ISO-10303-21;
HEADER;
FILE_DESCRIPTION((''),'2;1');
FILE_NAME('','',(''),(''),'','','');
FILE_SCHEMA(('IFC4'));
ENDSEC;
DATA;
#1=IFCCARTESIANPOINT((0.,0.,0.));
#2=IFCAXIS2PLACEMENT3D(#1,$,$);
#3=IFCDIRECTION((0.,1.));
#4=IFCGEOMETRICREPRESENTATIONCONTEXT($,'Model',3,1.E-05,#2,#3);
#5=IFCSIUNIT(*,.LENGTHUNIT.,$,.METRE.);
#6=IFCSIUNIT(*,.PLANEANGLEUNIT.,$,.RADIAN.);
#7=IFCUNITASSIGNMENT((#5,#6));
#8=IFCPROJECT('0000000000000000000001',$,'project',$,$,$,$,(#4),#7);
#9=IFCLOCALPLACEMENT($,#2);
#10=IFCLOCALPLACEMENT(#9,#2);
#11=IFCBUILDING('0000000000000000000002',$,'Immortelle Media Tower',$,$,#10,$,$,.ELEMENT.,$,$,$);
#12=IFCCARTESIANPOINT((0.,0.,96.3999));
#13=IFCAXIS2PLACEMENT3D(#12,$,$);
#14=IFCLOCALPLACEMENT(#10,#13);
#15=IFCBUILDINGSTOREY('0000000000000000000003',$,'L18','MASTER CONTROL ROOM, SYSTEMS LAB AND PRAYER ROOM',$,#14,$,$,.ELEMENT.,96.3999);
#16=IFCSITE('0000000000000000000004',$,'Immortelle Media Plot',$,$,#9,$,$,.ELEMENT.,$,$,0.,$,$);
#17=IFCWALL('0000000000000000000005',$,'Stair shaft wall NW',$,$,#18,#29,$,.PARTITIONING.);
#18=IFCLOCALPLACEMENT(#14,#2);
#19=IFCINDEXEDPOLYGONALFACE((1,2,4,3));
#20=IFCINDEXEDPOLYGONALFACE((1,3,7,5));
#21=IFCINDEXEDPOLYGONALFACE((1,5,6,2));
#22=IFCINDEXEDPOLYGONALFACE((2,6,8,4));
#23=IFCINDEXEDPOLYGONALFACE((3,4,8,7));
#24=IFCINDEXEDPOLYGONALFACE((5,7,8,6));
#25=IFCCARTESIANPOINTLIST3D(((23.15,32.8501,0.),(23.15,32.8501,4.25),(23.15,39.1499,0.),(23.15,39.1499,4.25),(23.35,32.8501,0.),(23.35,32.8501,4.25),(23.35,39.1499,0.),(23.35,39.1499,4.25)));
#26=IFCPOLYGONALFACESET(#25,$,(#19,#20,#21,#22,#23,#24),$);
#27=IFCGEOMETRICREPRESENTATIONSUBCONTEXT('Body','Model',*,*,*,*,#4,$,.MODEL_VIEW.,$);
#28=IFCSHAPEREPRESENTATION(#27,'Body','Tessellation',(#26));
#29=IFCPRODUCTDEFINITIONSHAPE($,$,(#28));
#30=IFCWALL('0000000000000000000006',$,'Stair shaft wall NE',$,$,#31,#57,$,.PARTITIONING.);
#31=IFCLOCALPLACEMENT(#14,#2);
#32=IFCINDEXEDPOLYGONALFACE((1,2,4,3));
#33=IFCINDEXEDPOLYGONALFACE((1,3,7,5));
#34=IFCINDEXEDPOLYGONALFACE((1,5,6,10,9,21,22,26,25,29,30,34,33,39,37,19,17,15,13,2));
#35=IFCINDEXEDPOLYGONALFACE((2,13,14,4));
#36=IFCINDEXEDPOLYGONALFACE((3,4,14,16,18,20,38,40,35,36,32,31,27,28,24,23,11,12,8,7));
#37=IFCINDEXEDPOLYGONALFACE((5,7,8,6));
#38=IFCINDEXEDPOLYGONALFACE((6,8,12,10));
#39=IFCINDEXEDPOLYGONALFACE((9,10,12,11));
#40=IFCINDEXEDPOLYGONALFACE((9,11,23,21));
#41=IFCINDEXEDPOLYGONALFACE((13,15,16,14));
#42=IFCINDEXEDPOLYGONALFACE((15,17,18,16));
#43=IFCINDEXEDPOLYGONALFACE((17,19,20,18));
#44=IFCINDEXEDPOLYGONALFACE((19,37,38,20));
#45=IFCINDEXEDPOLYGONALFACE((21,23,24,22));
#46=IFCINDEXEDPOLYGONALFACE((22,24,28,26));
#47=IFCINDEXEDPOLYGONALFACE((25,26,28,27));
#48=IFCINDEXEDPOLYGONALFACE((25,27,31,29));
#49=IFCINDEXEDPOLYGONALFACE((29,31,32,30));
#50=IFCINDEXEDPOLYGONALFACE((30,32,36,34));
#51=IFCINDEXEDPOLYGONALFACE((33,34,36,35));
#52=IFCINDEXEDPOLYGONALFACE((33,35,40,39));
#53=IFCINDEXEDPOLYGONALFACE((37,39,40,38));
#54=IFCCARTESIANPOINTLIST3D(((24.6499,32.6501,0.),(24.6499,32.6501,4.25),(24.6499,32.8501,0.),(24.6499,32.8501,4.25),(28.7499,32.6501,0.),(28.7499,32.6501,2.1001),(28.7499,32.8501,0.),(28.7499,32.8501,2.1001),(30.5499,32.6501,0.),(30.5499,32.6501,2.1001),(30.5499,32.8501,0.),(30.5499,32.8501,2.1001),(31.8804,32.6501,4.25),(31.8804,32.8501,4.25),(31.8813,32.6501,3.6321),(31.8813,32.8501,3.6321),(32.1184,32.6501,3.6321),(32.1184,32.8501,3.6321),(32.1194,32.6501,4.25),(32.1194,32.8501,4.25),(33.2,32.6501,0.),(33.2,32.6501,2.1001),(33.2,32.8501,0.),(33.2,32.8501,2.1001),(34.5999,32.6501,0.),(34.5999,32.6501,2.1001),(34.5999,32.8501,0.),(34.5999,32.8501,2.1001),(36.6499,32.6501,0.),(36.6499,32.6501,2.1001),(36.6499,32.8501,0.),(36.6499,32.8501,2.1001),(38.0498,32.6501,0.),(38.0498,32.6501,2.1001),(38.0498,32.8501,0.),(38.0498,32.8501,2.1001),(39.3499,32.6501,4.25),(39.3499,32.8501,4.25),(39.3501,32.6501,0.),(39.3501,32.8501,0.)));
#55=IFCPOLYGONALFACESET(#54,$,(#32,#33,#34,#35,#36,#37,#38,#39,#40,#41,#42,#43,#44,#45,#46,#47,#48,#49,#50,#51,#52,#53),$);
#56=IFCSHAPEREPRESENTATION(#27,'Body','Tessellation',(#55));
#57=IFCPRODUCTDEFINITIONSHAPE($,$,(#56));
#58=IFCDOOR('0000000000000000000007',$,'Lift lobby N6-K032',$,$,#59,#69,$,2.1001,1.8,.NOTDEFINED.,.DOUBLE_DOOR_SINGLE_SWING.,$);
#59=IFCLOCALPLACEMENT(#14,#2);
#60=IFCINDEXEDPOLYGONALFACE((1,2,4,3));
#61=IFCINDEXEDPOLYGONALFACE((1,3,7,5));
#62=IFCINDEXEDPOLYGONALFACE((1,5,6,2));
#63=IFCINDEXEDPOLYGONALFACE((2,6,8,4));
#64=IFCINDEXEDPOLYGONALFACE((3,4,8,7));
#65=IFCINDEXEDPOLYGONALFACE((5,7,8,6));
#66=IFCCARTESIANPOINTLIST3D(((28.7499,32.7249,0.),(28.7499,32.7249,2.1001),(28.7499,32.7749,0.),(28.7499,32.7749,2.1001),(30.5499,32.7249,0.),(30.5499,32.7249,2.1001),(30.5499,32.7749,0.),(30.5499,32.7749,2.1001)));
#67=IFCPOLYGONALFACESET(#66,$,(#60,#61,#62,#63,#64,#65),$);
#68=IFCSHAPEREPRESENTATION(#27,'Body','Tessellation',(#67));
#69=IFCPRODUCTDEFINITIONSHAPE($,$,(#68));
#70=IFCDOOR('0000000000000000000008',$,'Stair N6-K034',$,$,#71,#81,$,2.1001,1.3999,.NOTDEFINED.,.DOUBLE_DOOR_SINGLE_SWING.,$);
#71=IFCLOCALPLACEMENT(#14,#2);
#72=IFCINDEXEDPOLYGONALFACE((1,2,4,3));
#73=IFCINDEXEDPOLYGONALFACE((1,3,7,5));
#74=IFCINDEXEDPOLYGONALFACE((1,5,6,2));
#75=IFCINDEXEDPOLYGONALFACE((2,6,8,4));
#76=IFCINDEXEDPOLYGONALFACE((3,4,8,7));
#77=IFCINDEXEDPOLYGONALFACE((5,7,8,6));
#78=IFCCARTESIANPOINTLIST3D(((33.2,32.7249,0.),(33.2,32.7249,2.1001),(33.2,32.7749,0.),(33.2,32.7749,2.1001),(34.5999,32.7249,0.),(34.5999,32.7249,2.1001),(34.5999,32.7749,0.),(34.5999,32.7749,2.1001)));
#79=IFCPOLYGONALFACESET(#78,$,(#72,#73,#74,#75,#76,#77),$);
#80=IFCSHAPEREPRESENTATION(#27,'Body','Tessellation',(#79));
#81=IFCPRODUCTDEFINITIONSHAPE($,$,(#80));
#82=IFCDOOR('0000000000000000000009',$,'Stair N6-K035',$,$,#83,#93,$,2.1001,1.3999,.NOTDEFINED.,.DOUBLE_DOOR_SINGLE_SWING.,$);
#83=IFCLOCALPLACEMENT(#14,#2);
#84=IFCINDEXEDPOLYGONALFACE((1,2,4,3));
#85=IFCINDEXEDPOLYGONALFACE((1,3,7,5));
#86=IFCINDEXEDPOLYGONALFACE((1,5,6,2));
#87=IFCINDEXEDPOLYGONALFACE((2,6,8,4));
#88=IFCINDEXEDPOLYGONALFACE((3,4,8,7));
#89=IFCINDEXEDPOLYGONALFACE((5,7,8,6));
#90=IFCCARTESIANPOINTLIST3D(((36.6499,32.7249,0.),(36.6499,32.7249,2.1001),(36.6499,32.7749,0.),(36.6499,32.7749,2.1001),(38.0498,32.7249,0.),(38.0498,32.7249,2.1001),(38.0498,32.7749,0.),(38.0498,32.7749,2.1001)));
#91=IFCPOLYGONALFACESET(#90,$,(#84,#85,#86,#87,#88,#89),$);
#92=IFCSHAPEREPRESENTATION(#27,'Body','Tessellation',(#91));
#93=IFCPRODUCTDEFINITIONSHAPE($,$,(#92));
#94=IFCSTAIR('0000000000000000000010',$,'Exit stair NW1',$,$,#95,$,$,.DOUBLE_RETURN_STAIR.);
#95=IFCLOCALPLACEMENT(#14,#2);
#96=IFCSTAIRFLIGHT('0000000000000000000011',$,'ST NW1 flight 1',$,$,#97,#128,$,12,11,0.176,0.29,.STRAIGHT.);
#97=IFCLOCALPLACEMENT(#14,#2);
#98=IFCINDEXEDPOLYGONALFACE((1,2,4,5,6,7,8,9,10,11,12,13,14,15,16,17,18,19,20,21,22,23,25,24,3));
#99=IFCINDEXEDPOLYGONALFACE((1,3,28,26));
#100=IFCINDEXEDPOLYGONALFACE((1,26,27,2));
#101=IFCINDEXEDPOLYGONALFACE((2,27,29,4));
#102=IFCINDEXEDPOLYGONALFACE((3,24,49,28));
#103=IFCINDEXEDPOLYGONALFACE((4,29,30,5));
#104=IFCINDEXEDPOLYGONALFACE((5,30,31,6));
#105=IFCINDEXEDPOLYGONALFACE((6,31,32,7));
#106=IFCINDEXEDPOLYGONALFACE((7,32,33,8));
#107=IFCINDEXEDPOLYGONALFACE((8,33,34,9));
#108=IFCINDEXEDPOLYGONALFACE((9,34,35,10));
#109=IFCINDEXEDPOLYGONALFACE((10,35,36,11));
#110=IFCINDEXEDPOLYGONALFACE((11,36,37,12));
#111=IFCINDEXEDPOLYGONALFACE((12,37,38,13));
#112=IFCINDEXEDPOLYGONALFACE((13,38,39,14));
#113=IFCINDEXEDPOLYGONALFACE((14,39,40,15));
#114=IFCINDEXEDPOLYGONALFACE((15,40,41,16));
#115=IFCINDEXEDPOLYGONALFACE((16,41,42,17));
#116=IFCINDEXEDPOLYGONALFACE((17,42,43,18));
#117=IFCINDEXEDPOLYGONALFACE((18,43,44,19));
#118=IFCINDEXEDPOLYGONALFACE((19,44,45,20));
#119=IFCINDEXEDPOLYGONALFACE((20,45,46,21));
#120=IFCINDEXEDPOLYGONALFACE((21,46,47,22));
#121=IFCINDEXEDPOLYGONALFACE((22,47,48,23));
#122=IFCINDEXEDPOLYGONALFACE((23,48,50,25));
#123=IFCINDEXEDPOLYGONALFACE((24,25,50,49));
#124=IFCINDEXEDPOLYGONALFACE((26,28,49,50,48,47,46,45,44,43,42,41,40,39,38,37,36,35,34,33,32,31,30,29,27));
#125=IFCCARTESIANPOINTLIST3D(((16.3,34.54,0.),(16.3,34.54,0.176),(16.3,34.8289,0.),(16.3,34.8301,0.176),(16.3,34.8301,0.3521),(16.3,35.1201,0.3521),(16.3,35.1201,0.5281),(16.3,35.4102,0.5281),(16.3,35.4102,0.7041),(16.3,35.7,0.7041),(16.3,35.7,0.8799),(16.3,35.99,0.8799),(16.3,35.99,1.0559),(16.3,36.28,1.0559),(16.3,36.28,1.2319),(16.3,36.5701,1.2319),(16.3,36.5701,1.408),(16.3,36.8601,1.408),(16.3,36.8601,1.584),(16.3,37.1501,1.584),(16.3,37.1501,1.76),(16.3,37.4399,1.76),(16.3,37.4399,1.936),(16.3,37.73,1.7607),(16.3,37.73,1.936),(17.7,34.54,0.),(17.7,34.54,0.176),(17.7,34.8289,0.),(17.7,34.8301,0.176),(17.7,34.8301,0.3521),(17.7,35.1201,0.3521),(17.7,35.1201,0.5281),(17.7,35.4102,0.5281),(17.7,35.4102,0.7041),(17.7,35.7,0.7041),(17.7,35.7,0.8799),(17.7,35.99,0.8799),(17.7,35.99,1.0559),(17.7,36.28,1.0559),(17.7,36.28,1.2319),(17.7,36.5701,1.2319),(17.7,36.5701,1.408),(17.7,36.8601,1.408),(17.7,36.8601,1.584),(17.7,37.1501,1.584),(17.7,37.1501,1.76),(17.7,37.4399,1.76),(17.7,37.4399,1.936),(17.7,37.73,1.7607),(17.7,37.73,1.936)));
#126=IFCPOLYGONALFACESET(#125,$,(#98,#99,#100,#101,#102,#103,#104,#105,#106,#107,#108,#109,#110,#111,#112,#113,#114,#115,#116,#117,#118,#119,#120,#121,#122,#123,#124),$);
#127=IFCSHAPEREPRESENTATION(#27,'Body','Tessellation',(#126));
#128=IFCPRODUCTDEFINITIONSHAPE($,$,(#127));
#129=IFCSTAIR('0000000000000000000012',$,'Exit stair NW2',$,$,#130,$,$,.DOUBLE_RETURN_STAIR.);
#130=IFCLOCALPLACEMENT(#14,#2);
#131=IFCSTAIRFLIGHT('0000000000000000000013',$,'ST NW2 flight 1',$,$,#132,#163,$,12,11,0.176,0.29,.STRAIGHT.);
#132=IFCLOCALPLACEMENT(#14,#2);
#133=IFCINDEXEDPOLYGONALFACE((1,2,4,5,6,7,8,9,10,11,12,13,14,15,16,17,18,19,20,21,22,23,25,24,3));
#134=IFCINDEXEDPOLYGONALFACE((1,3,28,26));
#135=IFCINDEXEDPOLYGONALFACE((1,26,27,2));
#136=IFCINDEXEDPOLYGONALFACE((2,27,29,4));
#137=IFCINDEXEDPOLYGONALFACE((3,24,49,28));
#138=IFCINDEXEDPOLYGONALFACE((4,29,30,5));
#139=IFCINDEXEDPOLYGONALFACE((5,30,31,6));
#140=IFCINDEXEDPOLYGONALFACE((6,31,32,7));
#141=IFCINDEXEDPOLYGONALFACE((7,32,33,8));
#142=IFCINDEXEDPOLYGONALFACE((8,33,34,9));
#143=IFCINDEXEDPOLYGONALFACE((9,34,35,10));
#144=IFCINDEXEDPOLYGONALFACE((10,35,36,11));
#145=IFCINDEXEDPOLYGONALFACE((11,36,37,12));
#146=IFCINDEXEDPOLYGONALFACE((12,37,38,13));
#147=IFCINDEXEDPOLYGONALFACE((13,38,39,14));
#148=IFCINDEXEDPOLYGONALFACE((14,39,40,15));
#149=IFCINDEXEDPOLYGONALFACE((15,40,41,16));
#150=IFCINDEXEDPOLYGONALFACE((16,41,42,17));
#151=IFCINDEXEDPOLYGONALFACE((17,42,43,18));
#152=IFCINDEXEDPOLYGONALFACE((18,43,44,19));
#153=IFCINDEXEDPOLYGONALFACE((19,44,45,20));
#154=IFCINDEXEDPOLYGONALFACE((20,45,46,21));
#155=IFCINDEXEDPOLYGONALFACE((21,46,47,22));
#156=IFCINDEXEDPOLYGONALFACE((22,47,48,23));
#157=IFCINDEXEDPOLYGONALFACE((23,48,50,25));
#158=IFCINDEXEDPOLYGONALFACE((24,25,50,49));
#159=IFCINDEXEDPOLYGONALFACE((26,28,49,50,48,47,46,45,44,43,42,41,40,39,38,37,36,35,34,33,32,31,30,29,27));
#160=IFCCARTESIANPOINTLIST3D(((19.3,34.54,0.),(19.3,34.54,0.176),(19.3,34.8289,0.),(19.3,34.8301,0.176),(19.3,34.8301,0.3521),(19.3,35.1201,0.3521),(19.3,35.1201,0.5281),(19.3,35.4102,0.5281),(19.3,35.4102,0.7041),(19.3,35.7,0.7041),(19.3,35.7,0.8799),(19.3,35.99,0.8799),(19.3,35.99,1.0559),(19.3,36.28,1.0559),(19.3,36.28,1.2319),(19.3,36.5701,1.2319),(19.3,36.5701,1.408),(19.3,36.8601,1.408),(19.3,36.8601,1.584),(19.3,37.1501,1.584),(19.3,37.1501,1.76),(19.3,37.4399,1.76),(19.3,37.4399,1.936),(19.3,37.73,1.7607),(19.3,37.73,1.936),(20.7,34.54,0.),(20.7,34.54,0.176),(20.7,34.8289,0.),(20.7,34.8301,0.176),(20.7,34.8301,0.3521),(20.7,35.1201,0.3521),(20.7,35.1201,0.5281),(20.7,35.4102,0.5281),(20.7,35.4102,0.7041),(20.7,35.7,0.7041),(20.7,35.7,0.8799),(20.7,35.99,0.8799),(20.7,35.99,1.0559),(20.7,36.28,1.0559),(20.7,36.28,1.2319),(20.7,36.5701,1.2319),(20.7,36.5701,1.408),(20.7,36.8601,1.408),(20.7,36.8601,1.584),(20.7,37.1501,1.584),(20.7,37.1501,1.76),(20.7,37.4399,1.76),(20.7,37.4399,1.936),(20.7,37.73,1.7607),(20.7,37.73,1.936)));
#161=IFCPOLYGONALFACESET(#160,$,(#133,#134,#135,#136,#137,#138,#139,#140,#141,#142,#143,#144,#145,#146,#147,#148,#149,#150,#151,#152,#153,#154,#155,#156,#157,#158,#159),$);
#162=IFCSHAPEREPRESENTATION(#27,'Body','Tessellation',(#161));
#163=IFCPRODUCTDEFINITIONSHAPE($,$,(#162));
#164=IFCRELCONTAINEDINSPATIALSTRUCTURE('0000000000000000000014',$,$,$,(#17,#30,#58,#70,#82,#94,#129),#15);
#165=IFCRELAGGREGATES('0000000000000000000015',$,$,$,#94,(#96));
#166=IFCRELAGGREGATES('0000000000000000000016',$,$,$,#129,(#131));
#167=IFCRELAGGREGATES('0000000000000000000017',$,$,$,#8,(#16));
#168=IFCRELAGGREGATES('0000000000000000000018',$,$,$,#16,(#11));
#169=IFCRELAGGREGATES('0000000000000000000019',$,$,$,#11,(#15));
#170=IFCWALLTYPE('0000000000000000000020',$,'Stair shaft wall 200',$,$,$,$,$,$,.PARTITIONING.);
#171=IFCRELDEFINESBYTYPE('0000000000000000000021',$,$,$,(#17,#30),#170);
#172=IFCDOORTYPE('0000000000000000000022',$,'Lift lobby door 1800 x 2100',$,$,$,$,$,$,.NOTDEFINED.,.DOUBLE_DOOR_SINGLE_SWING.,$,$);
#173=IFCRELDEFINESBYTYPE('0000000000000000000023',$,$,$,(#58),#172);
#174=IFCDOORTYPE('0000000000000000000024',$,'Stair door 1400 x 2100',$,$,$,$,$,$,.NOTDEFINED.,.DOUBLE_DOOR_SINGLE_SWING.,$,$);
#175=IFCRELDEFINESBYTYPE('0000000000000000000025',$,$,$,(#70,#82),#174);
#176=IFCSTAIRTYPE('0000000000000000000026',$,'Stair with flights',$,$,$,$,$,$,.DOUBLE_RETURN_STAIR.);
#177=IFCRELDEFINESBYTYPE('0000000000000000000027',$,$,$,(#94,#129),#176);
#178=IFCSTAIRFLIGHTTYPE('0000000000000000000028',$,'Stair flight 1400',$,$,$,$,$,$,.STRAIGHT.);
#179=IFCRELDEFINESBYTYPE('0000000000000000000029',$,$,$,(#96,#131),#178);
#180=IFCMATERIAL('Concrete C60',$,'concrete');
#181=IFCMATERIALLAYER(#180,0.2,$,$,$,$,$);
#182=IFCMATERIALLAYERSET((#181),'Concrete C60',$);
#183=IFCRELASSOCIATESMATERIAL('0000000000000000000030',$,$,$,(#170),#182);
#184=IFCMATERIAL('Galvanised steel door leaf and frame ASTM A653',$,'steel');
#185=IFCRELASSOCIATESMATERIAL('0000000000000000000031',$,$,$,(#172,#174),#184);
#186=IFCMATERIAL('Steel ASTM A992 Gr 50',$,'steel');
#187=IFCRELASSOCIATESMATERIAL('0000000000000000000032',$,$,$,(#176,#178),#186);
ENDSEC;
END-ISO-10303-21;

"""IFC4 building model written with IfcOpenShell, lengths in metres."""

from ifc_helpers import new_model, si_unit, direction, frame, frame_2d, origin, place, context, subcontext, project, spatial, polyline, rectangle, outline, extrude, material, layer, layer_set, type_object, element, fill, aggregate, save


model = new_model("IFC4")

# Units and contexts
model_context = context("Model", 3, precision=1e-05, world=origin(), true_north=direction((0.0, 1.0)))
body_context = subcontext(model_context, "Body", "Model", "MODEL_VIEW")
ifc_project = project(units=[si_unit("LENGTHUNIT", "METRE"), si_unit("PLANEANGLEUNIT", "RADIAN")], contexts=[model_context])

# Site, building, storey
site_placement = place(None, origin())
site = spatial("IfcSite", under=ifc_project, at=site_placement, Name="Immortelle Media Plot", CompositionType="ELEMENT", RefElevation=0.0)
building_placement = place(site_placement, origin())
building = spatial("IfcBuilding", under=site, at=building_placement, Name="Immortelle Media Tower", CompositionType="ELEMENT")
storey_placement = place(building_placement, frame((0.0, 0.0, 96.3999)))
storey = spatial("IfcBuildingStorey", under=building, at=storey_placement, Name="L18", Description="MASTER CONTROL ROOM, SYSTEMS LAB AND PRAYER ROOM", CompositionType="ELEMENT", Elevation=96.3999)

# Shared definitions
ifc_material_1 = material(Name="Steel ASTM A992 Gr 50", Category="steel")

# Wall
ifc_material_2 = material(Name="Concrete C60", Category="concrete")
ifc_layer_1 = layer(ifc_material_2, 0.2)
ifc_layer_set_1 = layer_set([ifc_layer_1], Name="Concrete C60")
wall_type_1 = type_object("IfcWallType", Name="Stair shaft wall 200", PredefinedType="PARTITIONING", material=ifc_layer_set_1)
for number, where, z_axis, x_axis, name in (
    (1, (23.25, 32.8501, 0.0), (0.0, 0.0, 1.0), (0.0, 1.0, 0.0), "Stair shaft wall NW"),
):
    element("IfcWall", number, at=place(storey_placement, frame(where, z_axis=z_axis, x_axis=x_axis)), inside=storey, type_object=wall_type_1, Name=name, PredefinedType="PARTITIONING", context=body_context, shape_type="SweptSolid", body=[
        extrude(rectangle(XDim=6.2998, YDim=0.2, at=frame_2d((3.1499, 0.0))), origin(), (0.0, 0.0, 1.0), 4.25),
    ])

# Wall, openings, doors
wall_1_placement = place(storey_placement, frame((24.6499, 32.75, 0.0), z_axis=(0.0, 0.0, 1.0), x_axis=(1.0, 0.0, 0.0)))
wall_1 = element("IfcWall", 2, at=wall_1_placement, inside=storey, type_object=wall_type_1, Name="Stair shaft wall NE", PredefinedType="PARTITIONING", context=body_context, shape_type="SweptSolid", body=[
    extrude(outline(polyline([(0.0, 0.0), (14.7002, 0.0), (14.7, 4.25), (7.4695, 4.25), (7.4685, 3.6321), (7.2314, 3.6321), (7.2305, 4.25), (0.0, 4.25), (0.0, 0.0)])), frame((0.0, 0.1001, 0.0), z_axis=(0.0, -1.0, 0.0), x_axis=(1.0, 0.0, 0.0)), (0.0, 0.0, 1.0), 0.2),
])
opening_1_placement = place(wall_1_placement, frame((4.1001, 0.0, 0.0)))
opening_1 = element("IfcOpeningElement", 3, at=opening_1_placement, cuts=wall_1, PredefinedType="OPENING", context=body_context, shape_type="SweptSolid", body=[
    extrude(rectangle(XDim=1.8, YDim=2.1001, at=frame_2d((0.8999, 1.05))), frame((0.0, 0.1099, 0.0), z_axis=(0.0, -1.0, 0.0), x_axis=(1.0, 0.0, 0.0)), (0.0, 0.0, 1.0), 0.22),
])
opening_2_placement = place(wall_1_placement, frame((8.55, 0.0, 0.0)))
opening_2 = element("IfcOpeningElement", 4, at=opening_2_placement, cuts=wall_1, PredefinedType="OPENING", context=body_context, shape_type="SweptSolid", body=[
    extrude(rectangle(XDim=1.3999, YDim=2.1001, at=frame_2d((0.7, 1.05))), frame((0.0, 0.1099, 0.0), z_axis=(0.0, -1.0, 0.0), x_axis=(1.0, 0.0, 0.0)), (0.0, 0.0, 1.0), 0.22),
])
opening_3_placement = place(wall_1_placement, frame((12.0, 0.0, 0.0)))
opening_3 = element("IfcOpeningElement", 5, at=opening_3_placement, cuts=wall_1, PredefinedType="OPENING", context=body_context, shape_type="SweptSolid", body=[
    extrude(rectangle(XDim=1.3999, YDim=2.1001, at=frame_2d((0.7, 1.05))), frame((0.0, 0.1099, 0.0), z_axis=(0.0, -1.0, 0.0), x_axis=(1.0, 0.0, 0.0)), (0.0, 0.0, 1.0), 0.22),
])
ifc_material_3 = material(Name="Galvanised steel door leaf and frame ASTM A653", Category="steel")
door_type_1 = type_object("IfcDoorType", Name="Lift lobby door 1800 x 2100", OperationType="DOUBLE_DOOR_SINGLE_SWING", PredefinedType="NOTDEFINED", material=ifc_material_3)
door_1_placement = place(opening_1_placement, origin())
door_1 = element("IfcDoor", 6, at=door_1_placement, inside=storey, type_object=door_type_1, Name="Lift lobby N6-K032", OperationType="DOUBLE_DOOR_SINGLE_SWING", OverallHeight=2.1001, OverallWidth=1.8, PredefinedType="NOTDEFINED", context=body_context, shape_type="SweptSolid", body=[
    extrude(rectangle(XDim=1.8, YDim=2.1001, at=frame_2d((0.8999, 1.05))), frame((0.0, 0.0249, 0.0), z_axis=(0.0, -1.0, 0.0), x_axis=(1.0, 0.0, 0.0)), (0.0, 0.0, 1.0), 0.05),
])
fill(opening_1, door_1)
door_type_2 = type_object("IfcDoorType", Name="Stair door 1400 x 2100", OperationType="DOUBLE_DOOR_SINGLE_SWING", PredefinedType="NOTDEFINED", material=ifc_material_3)
door_2_placement = place(opening_2_placement, origin())
door_2 = element("IfcDoor", 7, at=door_2_placement, inside=storey, type_object=door_type_2, Name="Stair N6-K034", OperationType="DOUBLE_DOOR_SINGLE_SWING", OverallHeight=2.1001, OverallWidth=1.3999, PredefinedType="NOTDEFINED", context=body_context, shape_type="SweptSolid", body=[
    extrude(rectangle(XDim=1.3999, YDim=2.1001, at=frame_2d((0.7, 1.05))), frame((0.0, 0.0249, 0.0), z_axis=(0.0, -1.0, 0.0), x_axis=(1.0, 0.0, 0.0)), (0.0, 0.0, 1.0), 0.05),
])
fill(opening_2, door_2)
door_3_placement = place(opening_3_placement, origin())
door_3 = element("IfcDoor", 8, at=door_3_placement, inside=storey, type_object=door_type_2, Name="Stair N6-K035", OperationType="DOUBLE_DOOR_SINGLE_SWING", OverallHeight=2.1001, OverallWidth=1.3999, PredefinedType="NOTDEFINED", context=body_context, shape_type="SweptSolid", body=[
    extrude(rectangle(XDim=1.3999, YDim=2.1001, at=frame_2d((0.7, 1.05))), frame((0.0, 0.0249, 0.0), z_axis=(0.0, -1.0, 0.0), x_axis=(1.0, 0.0, 0.0)), (0.0, 0.0, 1.0), 0.05),
])
fill(opening_3, door_3)

# Stairs, stair flights
stair_type = type_object("IfcStairType", Name="Stair with flights", PredefinedType="DOUBLE_RETURN_STAIR", material=ifc_material_1)
stair_1_placement = place(storey_placement, origin())
stair_1 = element("IfcStair", 9, at=stair_1_placement, inside=storey, type_object=stair_type, Name="Exit stair NW1", PredefinedType="DOUBLE_RETURN_STAIR")
stair_flight_type = type_object("IfcStairFlightType", Name="Stair flight 1400", PredefinedType="STRAIGHT", material=ifc_material_1)
stair_flight_1_placement = place(storey_placement, frame((17.0, 34.54, 0.0), z_axis=(0.0, 0.0, 1.0), x_axis=(0.0, 1.0, 0.0)))
stair_flight_1 = element("IfcStairFlight", 10, at=stair_flight_1_placement, type_object=stair_flight_type, Name="ST NW1 flight 1", NumberOfRisers=12, NumberOfTreads=11, PredefinedType="STRAIGHT", RiserHeight=0.176, TreadLength=0.29, context=body_context, shape_type="SweptSolid", body=[
    extrude(outline(polyline([(0.0, 0.0), (0.0, 0.176), (0.29, 0.176), (0.29, 0.3521), (0.5801, 0.3521), (0.5801, 0.5281), (0.8701, 0.5281), (0.8701, 0.7041), (1.1599, 0.7041), (1.1599, 0.8799), (1.45, 0.8799), (1.45, 1.0559), (1.74, 1.0559), (1.74, 1.2319), (2.03, 1.2319), (2.03, 1.408), (2.3201, 1.408), (2.3201, 1.584), (2.6101, 1.584), (2.6101, 1.76), (2.8999, 1.76), (2.8999, 1.936), (3.1899, 1.936), (3.1899, 2.1121), (3.1899, 1.7607), (0.2888, 0.0), (0.0, 0.0)])), frame((0.0, 0.7, 0.0), z_axis=(0.0, -1.0, 0.0), x_axis=(1.0, 0.0, 0.0)), (0.0, 0.0, 1.0), 1.3999),
])
aggregate(stair_1, [stair_flight_1])
stair_2_placement = place(storey_placement, origin())
stair_2 = element("IfcStair", 11, at=stair_2_placement, inside=storey, type_object=stair_type, Name="Exit stair NW2", PredefinedType="DOUBLE_RETURN_STAIR")
stair_flight_2_placement = place(storey_placement, frame((20.0, 34.54, 0.0), z_axis=(0.0, 0.0, 1.0), x_axis=(0.0, 1.0, 0.0)))
stair_flight_2 = element("IfcStairFlight", 12, at=stair_flight_2_placement, type_object=stair_flight_type, Name="ST NW2 flight 1", NumberOfRisers=12, NumberOfTreads=11, PredefinedType="STRAIGHT", RiserHeight=0.176, TreadLength=0.29, context=body_context, shape_type="SweptSolid", body=[
    extrude(outline(polyline([(0.0, 0.0), (0.0, 0.176), (0.29, 0.176), (0.29, 0.3521), (0.5801, 0.3521), (0.5801, 0.5281), (0.8701, 0.5281), (0.8701, 0.7041), (1.1599, 0.7041), (1.1599, 0.8799), (1.45, 0.8799), (1.45, 1.0559), (1.74, 1.0559), (1.74, 1.2319), (2.03, 1.2319), (2.03, 1.408), (2.3201, 1.408), (2.3201, 1.584), (2.6101, 1.584), (2.6101, 1.76), (2.8999, 1.76), (2.8999, 1.936), (3.1899, 1.936), (3.1899, 2.1121), (3.1899, 1.7607), (0.2888, 0.0), (0.0, 0.0)])), frame((0.0, 0.7, 0.0), z_axis=(0.0, -1.0, 0.0), x_axis=(1.0, 0.0, 0.0)), (0.0, 0.0, 1.0), 1.3999),
])
aggregate(stair_2, [stair_flight_2])

save(model, "model.ifc")
